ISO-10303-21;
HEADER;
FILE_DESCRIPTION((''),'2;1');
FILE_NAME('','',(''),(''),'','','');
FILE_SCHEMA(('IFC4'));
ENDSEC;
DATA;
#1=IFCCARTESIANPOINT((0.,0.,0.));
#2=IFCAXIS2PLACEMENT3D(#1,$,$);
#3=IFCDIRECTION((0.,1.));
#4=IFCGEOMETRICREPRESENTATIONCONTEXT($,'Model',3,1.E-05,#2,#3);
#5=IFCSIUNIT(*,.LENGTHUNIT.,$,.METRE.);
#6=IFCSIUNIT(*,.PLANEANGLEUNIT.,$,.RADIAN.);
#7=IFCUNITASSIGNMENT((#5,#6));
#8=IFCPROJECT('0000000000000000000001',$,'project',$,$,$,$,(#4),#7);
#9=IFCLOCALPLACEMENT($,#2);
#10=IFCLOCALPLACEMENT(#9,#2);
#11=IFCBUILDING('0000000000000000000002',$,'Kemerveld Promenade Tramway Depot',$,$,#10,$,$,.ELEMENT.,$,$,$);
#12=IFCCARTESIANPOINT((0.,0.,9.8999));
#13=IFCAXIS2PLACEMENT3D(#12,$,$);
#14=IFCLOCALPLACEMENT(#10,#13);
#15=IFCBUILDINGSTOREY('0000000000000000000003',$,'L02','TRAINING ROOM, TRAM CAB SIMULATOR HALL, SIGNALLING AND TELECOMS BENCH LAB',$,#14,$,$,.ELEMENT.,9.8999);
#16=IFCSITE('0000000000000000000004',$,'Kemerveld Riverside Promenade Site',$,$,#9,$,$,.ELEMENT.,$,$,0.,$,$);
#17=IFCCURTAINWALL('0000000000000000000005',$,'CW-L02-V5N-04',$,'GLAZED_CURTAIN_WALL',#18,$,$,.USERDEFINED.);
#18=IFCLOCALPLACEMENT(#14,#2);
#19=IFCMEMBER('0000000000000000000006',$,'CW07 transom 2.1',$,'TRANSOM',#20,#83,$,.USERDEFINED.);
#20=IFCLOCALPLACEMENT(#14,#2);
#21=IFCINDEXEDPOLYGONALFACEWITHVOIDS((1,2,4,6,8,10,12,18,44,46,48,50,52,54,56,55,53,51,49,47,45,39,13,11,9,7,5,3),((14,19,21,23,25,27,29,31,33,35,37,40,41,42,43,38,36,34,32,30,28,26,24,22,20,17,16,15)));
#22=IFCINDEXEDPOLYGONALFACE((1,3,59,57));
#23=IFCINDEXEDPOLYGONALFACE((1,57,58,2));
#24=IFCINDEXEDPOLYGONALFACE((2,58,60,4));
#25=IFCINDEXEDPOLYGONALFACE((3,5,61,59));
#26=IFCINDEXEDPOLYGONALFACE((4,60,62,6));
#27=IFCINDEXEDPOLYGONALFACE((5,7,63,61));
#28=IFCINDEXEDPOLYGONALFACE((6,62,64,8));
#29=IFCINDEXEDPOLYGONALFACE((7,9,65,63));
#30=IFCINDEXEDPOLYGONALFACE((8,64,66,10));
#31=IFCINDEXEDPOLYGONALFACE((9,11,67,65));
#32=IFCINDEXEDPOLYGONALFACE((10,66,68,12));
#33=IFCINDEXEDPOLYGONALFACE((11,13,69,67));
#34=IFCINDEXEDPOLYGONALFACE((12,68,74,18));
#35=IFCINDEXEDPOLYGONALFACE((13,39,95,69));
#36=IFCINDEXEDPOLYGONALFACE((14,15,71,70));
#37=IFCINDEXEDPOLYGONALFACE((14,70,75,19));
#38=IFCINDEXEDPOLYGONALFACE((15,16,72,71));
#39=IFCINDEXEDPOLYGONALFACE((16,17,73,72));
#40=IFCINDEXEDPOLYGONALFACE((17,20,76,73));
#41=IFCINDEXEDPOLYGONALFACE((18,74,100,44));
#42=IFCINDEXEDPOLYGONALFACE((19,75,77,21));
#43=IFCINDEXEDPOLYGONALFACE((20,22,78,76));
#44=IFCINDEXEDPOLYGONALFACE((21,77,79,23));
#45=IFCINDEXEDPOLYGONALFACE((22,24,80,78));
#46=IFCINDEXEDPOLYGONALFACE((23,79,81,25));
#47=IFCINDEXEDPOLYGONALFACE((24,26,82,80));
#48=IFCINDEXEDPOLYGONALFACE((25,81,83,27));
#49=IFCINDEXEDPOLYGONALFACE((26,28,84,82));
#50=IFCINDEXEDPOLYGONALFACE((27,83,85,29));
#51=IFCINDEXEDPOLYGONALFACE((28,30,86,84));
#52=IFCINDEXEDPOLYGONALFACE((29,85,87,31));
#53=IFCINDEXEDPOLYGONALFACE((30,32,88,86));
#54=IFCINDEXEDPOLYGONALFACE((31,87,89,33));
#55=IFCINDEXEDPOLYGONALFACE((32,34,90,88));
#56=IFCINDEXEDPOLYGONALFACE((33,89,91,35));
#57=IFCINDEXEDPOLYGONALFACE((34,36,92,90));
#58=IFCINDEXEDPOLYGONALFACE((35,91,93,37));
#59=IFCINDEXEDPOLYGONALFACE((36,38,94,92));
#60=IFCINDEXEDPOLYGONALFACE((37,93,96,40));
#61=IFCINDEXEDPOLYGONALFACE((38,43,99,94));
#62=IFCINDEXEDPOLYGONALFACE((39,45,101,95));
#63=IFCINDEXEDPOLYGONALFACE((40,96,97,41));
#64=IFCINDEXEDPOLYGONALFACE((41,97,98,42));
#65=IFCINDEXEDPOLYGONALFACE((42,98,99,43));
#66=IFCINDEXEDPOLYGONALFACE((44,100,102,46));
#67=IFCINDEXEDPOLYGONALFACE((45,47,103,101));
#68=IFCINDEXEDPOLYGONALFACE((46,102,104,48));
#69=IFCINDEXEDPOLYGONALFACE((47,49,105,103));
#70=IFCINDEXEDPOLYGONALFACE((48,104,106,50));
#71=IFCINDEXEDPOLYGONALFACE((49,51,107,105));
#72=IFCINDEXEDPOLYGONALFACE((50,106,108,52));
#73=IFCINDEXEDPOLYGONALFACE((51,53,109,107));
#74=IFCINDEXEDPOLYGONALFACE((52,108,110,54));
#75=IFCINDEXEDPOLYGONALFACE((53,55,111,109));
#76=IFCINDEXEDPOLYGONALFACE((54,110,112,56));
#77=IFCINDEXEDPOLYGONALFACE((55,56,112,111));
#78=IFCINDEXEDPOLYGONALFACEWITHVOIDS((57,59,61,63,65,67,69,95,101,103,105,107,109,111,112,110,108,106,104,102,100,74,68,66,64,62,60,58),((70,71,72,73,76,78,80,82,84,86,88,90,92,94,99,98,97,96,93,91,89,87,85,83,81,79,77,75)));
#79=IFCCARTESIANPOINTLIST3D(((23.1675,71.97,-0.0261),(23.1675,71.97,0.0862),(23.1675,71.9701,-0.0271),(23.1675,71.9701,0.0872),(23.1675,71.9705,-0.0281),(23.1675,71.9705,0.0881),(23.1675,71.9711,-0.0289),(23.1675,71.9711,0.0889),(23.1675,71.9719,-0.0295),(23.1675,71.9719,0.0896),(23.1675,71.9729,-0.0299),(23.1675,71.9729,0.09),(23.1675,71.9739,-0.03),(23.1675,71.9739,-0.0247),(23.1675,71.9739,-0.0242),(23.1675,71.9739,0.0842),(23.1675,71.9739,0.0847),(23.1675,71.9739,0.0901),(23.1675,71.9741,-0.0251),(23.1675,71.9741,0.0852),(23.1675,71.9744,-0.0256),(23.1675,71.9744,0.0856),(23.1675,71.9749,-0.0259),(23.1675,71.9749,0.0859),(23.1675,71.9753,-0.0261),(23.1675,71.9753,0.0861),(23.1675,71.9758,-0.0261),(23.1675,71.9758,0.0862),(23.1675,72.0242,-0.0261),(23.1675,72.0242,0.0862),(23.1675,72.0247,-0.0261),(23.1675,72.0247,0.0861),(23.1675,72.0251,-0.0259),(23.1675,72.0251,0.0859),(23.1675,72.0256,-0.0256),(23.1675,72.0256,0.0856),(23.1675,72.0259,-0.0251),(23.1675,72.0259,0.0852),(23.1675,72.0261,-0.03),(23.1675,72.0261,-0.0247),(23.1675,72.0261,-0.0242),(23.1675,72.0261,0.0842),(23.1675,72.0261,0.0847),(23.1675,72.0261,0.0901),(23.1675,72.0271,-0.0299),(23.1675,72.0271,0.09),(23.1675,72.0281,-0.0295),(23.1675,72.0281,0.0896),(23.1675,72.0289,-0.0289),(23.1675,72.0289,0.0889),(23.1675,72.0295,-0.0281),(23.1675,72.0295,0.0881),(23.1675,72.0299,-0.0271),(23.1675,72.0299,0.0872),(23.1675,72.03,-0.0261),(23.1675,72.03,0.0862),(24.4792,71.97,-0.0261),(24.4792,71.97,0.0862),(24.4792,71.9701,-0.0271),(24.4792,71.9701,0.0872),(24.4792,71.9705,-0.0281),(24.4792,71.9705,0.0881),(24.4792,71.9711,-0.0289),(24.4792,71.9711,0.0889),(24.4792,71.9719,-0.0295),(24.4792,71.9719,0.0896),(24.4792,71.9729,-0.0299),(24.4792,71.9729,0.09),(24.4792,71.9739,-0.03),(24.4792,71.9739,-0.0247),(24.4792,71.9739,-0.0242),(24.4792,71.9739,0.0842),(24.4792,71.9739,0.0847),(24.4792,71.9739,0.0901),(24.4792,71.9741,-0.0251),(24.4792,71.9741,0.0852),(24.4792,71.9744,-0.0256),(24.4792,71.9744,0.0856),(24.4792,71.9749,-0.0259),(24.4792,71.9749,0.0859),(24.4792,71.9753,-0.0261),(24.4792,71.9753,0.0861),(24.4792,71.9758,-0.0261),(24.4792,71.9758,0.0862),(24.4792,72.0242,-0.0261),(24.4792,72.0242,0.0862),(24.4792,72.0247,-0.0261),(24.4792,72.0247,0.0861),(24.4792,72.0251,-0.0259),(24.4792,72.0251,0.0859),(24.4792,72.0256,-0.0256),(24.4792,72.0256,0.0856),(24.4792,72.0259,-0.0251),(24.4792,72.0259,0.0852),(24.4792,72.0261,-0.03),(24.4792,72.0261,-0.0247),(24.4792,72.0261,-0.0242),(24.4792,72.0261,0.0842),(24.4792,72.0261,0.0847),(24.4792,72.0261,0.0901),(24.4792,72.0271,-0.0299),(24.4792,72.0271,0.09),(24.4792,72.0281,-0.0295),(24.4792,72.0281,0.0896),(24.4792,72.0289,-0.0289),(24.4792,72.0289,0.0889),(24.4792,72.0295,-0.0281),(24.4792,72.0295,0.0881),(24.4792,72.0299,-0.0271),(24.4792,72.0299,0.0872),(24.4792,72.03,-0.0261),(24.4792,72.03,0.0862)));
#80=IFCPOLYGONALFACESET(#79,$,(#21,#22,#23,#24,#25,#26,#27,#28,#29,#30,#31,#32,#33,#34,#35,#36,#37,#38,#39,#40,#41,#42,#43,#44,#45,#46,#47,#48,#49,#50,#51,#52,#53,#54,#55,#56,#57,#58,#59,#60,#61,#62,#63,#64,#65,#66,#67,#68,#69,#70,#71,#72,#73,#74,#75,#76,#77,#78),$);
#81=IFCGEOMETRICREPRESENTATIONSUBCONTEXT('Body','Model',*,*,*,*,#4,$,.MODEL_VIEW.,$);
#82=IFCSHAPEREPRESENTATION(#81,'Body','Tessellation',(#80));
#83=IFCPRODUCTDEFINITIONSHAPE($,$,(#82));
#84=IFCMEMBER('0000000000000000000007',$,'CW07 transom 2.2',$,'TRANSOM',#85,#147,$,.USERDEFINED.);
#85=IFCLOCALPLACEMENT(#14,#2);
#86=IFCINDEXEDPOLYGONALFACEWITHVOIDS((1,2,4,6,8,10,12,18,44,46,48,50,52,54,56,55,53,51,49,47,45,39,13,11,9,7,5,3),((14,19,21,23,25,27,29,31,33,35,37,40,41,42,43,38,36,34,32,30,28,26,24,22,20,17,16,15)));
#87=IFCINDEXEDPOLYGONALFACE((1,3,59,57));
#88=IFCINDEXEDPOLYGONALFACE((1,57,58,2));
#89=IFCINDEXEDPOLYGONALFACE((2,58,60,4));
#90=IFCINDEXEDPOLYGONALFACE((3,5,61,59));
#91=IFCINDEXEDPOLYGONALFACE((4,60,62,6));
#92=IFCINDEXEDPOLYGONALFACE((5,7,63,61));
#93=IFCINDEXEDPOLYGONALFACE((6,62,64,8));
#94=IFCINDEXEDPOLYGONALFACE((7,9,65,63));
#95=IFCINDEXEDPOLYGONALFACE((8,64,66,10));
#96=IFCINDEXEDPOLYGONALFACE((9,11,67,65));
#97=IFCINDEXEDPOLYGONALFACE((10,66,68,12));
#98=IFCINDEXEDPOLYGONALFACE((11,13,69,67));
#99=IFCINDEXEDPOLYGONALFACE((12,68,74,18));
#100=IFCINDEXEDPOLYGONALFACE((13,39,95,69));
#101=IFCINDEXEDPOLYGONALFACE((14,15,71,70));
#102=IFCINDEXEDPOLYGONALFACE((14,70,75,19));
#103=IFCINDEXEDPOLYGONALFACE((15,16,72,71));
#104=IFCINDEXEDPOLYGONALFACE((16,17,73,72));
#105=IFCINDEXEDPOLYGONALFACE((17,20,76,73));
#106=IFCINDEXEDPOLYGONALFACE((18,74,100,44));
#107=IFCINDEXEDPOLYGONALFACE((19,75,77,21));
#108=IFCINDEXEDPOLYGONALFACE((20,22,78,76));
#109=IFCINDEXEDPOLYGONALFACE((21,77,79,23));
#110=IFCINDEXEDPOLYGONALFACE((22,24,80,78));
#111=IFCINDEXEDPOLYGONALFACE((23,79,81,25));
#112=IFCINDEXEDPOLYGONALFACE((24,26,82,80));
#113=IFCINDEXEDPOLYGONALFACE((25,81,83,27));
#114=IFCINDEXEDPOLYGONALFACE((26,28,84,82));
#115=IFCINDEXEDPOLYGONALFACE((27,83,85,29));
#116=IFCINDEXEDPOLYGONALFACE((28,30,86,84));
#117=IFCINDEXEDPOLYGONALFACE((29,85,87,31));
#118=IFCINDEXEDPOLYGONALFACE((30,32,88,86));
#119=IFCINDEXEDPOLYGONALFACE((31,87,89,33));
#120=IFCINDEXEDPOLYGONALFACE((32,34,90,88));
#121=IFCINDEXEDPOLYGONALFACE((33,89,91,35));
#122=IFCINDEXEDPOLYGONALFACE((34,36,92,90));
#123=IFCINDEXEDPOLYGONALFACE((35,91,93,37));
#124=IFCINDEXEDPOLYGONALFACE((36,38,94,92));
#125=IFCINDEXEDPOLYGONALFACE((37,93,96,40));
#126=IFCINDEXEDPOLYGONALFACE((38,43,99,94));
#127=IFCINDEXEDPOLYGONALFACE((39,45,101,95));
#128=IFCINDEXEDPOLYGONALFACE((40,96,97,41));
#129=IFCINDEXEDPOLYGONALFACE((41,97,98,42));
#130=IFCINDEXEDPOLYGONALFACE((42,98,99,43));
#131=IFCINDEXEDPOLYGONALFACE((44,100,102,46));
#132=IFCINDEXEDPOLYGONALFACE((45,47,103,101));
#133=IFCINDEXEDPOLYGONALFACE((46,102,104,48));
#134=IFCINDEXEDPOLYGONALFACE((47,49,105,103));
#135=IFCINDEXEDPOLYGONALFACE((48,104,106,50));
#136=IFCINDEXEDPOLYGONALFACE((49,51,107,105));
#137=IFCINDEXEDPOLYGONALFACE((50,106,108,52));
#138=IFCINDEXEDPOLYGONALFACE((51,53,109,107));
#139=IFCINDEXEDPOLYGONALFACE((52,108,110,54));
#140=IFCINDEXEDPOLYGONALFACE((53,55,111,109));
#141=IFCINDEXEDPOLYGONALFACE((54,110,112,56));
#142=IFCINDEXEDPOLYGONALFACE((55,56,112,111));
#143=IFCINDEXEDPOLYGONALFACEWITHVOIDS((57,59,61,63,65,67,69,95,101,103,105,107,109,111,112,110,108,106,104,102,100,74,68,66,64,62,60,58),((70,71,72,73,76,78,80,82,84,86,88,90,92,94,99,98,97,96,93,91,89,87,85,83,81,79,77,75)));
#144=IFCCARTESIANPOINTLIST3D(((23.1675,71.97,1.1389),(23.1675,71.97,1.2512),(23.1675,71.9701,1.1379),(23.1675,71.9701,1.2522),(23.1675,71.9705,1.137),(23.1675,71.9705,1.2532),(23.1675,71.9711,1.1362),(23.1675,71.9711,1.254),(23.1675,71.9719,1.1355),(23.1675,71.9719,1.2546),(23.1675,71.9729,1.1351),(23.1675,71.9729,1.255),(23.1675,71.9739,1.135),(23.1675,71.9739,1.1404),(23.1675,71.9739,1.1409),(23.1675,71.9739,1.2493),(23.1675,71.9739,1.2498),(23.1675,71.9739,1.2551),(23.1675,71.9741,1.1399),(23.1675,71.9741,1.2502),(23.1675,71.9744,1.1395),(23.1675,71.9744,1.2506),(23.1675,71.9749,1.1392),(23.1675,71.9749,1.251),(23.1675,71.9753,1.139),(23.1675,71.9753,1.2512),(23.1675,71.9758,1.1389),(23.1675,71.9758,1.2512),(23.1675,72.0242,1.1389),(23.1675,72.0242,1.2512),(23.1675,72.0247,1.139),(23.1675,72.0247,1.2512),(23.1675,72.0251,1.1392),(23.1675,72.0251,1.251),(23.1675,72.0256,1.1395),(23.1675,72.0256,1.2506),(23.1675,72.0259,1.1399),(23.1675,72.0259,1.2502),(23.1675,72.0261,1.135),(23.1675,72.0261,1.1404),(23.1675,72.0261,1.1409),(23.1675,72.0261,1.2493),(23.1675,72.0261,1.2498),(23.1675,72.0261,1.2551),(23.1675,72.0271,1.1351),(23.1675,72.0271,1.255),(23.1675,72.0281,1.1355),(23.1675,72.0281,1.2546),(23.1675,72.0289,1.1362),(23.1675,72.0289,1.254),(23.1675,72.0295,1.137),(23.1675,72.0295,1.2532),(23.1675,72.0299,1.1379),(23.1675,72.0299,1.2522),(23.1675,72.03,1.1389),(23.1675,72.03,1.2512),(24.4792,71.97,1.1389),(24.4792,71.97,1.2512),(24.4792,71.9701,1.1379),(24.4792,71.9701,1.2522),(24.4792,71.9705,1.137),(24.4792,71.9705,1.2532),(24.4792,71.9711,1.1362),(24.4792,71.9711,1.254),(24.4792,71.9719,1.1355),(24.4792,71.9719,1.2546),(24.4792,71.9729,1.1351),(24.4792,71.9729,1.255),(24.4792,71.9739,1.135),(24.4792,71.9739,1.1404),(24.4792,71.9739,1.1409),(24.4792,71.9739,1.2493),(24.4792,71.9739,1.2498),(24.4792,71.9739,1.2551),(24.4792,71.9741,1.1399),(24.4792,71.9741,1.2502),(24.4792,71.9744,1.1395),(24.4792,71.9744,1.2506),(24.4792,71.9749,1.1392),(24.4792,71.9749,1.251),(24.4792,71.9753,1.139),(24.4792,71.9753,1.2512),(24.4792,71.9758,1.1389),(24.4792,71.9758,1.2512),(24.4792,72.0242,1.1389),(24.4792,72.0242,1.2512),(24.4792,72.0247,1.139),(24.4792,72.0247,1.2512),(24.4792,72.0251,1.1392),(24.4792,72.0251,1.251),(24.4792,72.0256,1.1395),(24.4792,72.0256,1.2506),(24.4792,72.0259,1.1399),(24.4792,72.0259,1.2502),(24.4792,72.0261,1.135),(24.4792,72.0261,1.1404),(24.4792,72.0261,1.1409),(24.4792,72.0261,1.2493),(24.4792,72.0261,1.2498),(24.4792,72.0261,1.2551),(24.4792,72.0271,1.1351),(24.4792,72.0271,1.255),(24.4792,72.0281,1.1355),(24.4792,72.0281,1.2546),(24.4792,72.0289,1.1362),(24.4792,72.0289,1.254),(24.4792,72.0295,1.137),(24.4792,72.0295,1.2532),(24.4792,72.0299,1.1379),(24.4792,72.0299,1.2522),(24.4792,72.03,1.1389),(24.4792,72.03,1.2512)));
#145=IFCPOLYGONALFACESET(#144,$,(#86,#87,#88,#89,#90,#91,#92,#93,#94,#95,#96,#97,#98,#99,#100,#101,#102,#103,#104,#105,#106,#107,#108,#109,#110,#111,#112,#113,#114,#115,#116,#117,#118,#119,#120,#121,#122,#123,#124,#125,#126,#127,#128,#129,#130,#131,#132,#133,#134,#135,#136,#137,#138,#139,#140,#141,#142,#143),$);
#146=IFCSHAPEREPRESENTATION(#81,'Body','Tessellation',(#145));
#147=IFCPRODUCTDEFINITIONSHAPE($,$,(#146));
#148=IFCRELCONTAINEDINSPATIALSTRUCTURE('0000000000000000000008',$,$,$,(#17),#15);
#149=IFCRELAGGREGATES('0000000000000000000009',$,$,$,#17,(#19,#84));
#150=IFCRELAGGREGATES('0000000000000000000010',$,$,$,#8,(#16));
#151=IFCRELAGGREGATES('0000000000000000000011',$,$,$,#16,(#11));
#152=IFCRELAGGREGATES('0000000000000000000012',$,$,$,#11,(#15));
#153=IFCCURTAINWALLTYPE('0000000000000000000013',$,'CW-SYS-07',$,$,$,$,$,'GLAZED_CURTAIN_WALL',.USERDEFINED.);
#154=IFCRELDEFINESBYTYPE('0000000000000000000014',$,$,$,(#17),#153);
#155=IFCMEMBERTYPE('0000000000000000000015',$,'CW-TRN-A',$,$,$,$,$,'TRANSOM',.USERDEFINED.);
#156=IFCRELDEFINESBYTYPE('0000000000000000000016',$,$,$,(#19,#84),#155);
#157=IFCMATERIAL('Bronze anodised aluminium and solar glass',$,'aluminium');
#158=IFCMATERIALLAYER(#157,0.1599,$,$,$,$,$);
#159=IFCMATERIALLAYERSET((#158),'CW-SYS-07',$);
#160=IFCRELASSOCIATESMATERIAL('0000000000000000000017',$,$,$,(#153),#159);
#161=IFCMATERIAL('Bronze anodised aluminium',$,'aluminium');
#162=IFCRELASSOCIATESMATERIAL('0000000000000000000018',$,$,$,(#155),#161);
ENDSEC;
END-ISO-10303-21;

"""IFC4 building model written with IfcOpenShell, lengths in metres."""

from ifc_helpers import new_model, si_unit, direction, frame, origin, origin_2d, place, context, subcontext, project, spatial, hollow_rectangle, extrude, material, layer, layer_set, material_profile, profile_set, type_object, element, aggregate, save


model = new_model("IFC4")

# Units and contexts
model_context = context("Model", 3, precision=1e-05, world=origin(), true_north=direction((0.0, 1.0)))
body_context = subcontext(model_context, "Body", "Model", "MODEL_VIEW")
ifc_project = project(units=[si_unit("LENGTHUNIT", "METRE"), si_unit("PLANEANGLEUNIT", "RADIAN")], contexts=[model_context])

# Site, building, storey
site_placement = place(None, origin())
site = spatial("IfcSite", under=ifc_project, at=site_placement, Name="Kemerveld Riverside Promenade Site", CompositionType="ELEMENT", RefElevation=0.0)
building_placement = place(site_placement, origin())
building = spatial("IfcBuilding", under=site, at=building_placement, Name="Kemerveld Promenade Tramway Depot", CompositionType="ELEMENT")
storey_placement = place(building_placement, frame((0.0, 0.0, 9.8999)))
storey = spatial("IfcBuildingStorey", under=building, at=storey_placement, Name="L02", Description="TRAINING ROOM, TRAM CAB SIMULATOR HALL, SIGNALLING AND TELECOMS BENCH LAB", CompositionType="ELEMENT", Elevation=9.8999)

# Curtain wall, members
ifc_material_1 = material(Name="Bronze anodised aluminium and solar glass", Category="aluminium")
ifc_layer_1 = layer(ifc_material_1, 0.1599)
ifc_layer_set_1 = layer_set([ifc_layer_1], Name="CW-SYS-07")
curtain_wall_type = type_object("IfcCurtainWallType", Name="CW-SYS-07", ElementType="GLAZED_CURTAIN_WALL", PredefinedType="USERDEFINED", material=ifc_layer_set_1)
curtain_wall_placement = place(storey_placement, origin())
curtain_wall = element("IfcCurtainWall", 1, at=curtain_wall_placement, inside=storey, type_object=curtain_wall_type, Name="CW-L02-V5N-04", ObjectType="GLAZED_CURTAIN_WALL", PredefinedType="USERDEFINED")
ifc_material_2 = material(Name="Bronze anodised aluminium", Category="aluminium")
ifc_material_profile_1 = material_profile(ifc_material_2, hollow_rectangle(XDim=0.0601, YDim=0.1201, WallThickness=0.0039, InnerFilletRadius=0.002, OuterFilletRadius=0.0039, at=origin_2d()), Name="CW-TRN-120x60")
ifc_profile_set_1 = profile_set([ifc_material_profile_1], Name="Bronze anodised aluminium")
member_type_1 = type_object("IfcMemberType", Name="CW-TRN-A", ElementType="TRANSOM", PredefinedType="USERDEFINED", material=ifc_profile_set_1)
member_1_placement = place(storey_placement, frame((23.1675, 72.0, 0.03), z_axis=(1.0, 0.0, 0.0), x_axis=(0.0, 1.0, 0.0)))
member_1 = element("IfcMember", 2, at=member_1_placement, type_object=member_type_1, Name="CW07 transom 2.1", ObjectType="TRANSOM", PredefinedType="USERDEFINED", context=body_context, shape_type="SweptSolid", body=[
    extrude(hollow_rectangle(XDim=0.0601, YDim=0.1201, WallThickness=0.0039, InnerFilletRadius=0.002, OuterFilletRadius=0.0039, at=origin_2d()), origin(), (0.0, 0.0, 1.0), 1.3118),
])
member_2_placement = place(storey_placement, frame((23.1675, 72.0, 1.1951), z_axis=(1.0, 0.0, 0.0), x_axis=(0.0, 1.0, 0.0)))
member_2 = element("IfcMember", 3, at=member_2_placement, type_object=member_type_1, Name="CW07 transom 2.2", ObjectType="TRANSOM", PredefinedType="USERDEFINED", context=body_context, shape_type="SweptSolid", body=[
    extrude(hollow_rectangle(XDim=0.0601, YDim=0.1201, WallThickness=0.0039, InnerFilletRadius=0.002, OuterFilletRadius=0.0039, at=origin_2d()), origin(), (0.0, 0.0, 1.0), 1.3118),
])
aggregate(curtain_wall, [member_1, member_2])

save(model, "model.ifc")
